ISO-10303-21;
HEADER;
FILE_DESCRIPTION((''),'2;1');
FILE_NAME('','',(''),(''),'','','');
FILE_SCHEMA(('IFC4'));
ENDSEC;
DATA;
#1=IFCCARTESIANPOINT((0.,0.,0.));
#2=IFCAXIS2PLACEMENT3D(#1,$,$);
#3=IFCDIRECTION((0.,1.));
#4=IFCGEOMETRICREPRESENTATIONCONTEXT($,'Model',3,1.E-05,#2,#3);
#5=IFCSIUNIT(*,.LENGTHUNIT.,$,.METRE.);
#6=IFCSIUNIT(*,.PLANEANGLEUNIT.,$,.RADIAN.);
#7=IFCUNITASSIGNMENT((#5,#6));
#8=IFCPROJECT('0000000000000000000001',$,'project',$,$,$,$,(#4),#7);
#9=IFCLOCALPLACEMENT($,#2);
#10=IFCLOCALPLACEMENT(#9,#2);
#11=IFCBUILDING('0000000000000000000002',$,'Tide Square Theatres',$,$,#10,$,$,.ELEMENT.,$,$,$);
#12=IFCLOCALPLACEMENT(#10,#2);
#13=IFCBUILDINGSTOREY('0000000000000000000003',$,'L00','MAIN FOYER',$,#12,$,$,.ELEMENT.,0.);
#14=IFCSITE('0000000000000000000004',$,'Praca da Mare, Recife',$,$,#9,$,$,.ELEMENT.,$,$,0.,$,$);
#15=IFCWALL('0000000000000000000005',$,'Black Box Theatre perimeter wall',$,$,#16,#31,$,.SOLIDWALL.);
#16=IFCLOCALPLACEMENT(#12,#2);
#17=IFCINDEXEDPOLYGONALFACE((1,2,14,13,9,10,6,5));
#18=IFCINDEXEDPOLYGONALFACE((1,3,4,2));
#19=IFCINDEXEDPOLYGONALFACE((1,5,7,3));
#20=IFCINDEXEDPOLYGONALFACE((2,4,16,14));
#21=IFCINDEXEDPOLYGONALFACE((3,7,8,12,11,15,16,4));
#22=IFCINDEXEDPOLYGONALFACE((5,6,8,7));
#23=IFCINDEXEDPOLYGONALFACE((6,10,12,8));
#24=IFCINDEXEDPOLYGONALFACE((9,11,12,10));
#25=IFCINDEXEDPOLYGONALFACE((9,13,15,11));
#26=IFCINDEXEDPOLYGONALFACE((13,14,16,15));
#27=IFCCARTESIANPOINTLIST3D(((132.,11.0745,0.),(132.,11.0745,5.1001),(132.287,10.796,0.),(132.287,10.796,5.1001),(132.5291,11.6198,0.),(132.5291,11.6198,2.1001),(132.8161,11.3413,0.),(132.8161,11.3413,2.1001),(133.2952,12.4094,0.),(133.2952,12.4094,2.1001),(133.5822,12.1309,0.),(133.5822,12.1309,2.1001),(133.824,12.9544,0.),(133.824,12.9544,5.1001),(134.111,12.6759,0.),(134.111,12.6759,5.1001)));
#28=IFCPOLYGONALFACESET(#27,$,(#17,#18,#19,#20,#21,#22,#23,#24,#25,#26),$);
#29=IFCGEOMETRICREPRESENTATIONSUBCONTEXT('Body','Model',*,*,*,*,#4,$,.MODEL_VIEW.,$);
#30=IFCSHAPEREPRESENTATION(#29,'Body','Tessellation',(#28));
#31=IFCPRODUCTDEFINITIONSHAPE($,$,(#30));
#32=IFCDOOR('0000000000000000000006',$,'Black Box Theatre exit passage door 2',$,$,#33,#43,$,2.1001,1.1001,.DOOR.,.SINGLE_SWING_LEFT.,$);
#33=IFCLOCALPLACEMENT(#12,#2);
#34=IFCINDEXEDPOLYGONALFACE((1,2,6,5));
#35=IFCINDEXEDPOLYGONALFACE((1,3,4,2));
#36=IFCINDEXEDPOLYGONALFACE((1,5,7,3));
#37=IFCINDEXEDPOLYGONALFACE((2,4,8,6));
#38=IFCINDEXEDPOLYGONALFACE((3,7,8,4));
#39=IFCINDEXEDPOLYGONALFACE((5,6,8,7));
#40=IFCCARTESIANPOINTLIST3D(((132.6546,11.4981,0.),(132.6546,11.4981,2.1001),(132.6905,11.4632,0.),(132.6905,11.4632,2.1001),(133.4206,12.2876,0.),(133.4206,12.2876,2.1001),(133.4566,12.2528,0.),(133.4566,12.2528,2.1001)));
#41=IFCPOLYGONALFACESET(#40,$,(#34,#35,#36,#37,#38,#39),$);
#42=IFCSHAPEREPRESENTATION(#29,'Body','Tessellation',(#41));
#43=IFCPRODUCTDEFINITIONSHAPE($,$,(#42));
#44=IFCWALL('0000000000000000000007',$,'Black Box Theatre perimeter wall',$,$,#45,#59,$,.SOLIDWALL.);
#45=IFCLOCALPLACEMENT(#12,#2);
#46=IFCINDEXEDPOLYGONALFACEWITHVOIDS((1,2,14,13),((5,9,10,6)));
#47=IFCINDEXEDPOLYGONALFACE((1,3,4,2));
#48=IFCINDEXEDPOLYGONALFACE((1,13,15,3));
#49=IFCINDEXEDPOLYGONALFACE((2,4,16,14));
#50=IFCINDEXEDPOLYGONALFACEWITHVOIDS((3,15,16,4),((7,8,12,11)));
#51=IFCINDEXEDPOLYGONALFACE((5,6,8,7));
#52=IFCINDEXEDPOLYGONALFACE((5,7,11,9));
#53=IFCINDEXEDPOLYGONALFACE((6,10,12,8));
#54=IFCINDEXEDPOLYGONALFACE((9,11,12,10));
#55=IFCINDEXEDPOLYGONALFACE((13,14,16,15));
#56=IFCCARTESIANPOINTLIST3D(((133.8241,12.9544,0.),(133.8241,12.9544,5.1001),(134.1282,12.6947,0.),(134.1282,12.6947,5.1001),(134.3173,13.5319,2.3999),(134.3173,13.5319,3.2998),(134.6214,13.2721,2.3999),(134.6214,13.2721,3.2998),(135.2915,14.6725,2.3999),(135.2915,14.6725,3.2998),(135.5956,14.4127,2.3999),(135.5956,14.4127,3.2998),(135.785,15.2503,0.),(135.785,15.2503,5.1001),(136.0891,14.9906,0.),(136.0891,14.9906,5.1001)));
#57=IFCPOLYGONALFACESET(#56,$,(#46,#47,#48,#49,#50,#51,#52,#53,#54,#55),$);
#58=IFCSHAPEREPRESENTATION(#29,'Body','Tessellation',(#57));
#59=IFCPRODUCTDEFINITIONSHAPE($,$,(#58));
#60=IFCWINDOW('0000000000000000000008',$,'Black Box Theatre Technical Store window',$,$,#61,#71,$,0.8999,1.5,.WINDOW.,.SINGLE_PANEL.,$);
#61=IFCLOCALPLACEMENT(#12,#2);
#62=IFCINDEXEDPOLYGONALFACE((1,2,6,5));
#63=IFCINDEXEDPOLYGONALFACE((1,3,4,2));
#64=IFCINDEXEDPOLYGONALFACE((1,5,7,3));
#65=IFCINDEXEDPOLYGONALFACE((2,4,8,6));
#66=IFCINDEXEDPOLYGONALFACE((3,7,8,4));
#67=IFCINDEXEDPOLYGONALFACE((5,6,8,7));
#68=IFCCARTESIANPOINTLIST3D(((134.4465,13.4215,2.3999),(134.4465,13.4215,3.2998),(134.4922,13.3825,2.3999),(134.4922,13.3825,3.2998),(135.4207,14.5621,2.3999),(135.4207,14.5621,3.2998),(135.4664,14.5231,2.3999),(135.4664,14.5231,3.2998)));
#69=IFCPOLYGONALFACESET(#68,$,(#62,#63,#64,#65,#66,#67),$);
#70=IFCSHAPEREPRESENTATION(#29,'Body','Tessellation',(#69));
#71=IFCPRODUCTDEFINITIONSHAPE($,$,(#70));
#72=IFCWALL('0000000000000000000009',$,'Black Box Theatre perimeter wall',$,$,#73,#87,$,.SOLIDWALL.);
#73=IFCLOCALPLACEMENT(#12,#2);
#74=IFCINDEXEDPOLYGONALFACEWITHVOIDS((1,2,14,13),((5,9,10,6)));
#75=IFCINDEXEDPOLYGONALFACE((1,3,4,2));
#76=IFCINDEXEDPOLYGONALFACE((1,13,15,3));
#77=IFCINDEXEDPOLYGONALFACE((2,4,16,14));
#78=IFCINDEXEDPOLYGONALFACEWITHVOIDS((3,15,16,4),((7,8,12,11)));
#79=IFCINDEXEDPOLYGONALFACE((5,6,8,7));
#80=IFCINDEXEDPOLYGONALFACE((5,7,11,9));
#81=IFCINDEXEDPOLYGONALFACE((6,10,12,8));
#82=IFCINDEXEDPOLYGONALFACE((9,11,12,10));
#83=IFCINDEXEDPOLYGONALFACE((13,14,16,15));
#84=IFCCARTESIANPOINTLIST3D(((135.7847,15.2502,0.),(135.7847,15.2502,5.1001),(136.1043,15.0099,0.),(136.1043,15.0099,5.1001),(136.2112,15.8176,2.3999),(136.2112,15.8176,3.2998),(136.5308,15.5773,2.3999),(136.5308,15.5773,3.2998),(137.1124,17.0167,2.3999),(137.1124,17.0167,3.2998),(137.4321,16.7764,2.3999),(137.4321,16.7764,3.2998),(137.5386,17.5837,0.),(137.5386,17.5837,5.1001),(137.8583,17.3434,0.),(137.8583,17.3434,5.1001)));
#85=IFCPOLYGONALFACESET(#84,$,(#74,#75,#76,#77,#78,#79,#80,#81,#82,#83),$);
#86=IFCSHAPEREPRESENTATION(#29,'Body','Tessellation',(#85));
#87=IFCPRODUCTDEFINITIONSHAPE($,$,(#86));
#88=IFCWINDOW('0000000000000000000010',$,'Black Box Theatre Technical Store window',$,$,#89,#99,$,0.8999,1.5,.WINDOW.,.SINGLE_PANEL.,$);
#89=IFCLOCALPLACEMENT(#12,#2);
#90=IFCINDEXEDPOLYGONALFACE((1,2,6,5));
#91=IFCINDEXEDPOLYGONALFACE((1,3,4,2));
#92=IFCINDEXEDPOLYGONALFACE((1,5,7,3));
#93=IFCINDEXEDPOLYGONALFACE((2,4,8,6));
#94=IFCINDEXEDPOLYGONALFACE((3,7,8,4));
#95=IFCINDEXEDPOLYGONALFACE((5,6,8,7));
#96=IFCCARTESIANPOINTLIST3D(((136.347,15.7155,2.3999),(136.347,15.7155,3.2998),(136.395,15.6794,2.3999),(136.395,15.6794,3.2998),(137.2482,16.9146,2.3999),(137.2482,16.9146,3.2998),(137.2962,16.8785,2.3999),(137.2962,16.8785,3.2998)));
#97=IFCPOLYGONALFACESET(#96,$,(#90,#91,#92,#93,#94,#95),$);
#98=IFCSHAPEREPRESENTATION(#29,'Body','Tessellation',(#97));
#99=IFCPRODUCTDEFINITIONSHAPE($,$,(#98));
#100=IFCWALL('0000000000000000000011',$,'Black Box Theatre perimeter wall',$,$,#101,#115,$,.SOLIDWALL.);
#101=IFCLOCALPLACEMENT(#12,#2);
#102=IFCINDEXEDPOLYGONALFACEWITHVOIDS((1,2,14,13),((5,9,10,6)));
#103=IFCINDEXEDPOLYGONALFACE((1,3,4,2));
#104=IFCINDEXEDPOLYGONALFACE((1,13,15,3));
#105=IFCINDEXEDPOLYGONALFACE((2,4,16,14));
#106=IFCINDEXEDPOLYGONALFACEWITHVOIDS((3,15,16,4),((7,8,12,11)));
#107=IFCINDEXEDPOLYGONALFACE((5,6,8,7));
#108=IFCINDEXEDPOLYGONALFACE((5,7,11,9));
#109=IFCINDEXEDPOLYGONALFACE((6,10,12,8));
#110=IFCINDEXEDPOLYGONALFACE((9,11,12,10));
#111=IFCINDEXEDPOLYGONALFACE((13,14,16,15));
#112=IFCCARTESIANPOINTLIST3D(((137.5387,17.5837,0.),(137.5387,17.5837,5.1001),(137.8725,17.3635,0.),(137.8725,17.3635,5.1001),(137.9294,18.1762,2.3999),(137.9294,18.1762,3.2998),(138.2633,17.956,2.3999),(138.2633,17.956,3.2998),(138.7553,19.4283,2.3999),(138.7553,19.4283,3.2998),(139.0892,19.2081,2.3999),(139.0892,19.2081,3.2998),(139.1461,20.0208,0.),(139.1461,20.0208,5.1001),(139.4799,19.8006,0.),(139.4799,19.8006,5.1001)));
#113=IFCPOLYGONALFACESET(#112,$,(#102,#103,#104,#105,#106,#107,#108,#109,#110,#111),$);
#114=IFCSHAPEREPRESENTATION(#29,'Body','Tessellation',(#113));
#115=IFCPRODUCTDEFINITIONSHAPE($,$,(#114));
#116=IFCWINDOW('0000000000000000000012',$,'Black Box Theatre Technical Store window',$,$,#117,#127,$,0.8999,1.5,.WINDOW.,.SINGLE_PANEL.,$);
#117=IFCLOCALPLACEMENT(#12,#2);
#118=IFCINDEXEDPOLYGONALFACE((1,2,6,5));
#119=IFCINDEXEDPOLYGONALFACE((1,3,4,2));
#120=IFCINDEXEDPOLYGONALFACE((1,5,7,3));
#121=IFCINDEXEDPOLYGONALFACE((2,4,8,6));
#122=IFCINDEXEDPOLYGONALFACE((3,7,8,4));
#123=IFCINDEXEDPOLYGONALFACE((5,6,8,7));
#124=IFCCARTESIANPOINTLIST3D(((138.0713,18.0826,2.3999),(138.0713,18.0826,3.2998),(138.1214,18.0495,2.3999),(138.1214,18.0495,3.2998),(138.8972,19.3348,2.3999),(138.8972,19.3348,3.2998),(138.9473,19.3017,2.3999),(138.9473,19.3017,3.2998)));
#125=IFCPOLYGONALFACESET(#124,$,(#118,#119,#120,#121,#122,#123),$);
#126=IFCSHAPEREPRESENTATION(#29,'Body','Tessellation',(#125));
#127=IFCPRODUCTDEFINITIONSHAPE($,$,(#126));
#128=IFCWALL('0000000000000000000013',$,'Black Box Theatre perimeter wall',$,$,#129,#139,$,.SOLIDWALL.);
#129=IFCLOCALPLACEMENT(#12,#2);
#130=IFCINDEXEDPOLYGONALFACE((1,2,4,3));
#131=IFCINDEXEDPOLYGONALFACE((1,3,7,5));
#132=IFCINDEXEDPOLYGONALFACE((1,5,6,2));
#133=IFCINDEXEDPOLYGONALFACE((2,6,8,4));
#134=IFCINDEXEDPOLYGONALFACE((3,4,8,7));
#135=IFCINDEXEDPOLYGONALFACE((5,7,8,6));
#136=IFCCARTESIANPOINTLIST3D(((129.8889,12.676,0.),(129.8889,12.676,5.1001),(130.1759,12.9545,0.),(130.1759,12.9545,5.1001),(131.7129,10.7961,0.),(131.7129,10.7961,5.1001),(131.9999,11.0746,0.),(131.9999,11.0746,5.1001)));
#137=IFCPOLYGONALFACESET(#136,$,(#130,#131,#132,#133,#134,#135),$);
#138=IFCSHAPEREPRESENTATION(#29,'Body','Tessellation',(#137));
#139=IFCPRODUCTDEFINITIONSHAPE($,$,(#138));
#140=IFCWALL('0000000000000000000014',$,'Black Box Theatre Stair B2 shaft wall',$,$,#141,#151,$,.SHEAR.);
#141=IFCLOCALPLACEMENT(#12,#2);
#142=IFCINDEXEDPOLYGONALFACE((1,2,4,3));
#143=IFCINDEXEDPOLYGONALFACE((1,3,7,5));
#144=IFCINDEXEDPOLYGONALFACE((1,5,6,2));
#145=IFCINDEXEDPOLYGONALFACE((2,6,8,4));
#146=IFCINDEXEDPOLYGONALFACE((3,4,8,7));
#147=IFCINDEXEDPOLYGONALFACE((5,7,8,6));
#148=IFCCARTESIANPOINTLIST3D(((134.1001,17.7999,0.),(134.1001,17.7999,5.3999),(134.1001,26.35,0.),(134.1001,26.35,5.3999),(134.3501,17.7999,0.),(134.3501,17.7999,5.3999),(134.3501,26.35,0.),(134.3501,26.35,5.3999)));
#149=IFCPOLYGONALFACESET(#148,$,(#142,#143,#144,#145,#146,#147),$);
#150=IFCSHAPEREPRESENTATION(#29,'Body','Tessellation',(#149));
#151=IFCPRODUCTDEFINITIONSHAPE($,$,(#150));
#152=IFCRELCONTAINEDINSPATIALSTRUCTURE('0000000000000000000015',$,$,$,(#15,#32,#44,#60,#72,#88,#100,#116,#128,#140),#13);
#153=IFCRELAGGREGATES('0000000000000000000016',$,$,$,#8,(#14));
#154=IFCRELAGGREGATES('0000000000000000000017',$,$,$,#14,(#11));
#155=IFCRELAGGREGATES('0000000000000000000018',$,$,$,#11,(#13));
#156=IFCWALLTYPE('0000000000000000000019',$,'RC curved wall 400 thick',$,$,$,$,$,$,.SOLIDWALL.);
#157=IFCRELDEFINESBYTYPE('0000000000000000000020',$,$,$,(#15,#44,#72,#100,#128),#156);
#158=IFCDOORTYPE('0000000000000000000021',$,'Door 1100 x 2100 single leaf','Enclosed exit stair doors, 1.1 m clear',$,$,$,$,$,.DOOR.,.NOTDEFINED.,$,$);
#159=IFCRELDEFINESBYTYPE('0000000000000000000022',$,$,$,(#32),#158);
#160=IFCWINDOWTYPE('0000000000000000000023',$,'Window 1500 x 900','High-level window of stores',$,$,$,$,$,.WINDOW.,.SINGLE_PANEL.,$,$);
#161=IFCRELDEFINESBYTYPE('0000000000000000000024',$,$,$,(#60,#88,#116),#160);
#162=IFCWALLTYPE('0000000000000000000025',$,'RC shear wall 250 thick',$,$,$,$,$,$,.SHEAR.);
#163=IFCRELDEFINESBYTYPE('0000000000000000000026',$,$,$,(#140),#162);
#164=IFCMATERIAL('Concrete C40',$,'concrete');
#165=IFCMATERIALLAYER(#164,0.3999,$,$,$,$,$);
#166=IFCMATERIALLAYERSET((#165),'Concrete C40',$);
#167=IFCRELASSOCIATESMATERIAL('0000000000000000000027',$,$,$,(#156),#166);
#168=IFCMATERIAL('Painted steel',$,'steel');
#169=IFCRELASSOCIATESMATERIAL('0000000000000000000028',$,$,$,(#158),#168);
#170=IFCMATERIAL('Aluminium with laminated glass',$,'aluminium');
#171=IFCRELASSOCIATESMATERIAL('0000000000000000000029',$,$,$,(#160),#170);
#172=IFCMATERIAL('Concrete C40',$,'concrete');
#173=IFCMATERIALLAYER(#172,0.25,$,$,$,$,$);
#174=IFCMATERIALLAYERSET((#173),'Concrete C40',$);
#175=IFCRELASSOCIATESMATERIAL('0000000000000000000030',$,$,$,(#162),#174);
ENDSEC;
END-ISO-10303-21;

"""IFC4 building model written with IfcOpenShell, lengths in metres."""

from ifc_helpers import new_model, si_unit, direction, frame, frame_2d, origin, place, context, subcontext, project, spatial, rectangle, extrude, material, layer, layer_set, type_object, element, fill, save


model = new_model("IFC4")

# Units and contexts
model_context = context("Model", 3, precision=1e-05, world=origin(), true_north=direction((0.0, 1.0)))
body_context = subcontext(model_context, "Body", "Model", "MODEL_VIEW")
ifc_project = project(units=[si_unit("LENGTHUNIT", "METRE"), si_unit("PLANEANGLEUNIT", "RADIAN")], contexts=[model_context])

# Site, building, storey
site_placement = place(None, origin())
site = spatial("IfcSite", under=ifc_project, at=site_placement, Name="Praca da Mare, Recife", CompositionType="ELEMENT", RefElevation=0.0)
building_placement = place(site_placement, origin())
building = spatial("IfcBuilding", under=site, at=building_placement, Name="Tide Square Theatres", CompositionType="ELEMENT")
storey_placement = place(building_placement, origin())
storey = spatial("IfcBuildingStorey", under=building, at=storey_placement, Name="L00", Description="MAIN FOYER", CompositionType="ELEMENT", Elevation=0.0)

# Wall, opening, door
ifc_material_1 = material(Name="Concrete C40", Category="concrete")
ifc_layer_1 = layer(ifc_material_1, 0.3999)
ifc_layer_set_1 = layer_set([ifc_layer_1], Name="Concrete C40")
wall_type_1 = type_object("IfcWallType", Name="RC curved wall 400 thick", PredefinedType="SOLIDWALL", material=ifc_layer_set_1)
wall_1_placement = place(storey_placement, frame((132.1436, 10.9353, 0.0), z_axis=(0.0, 0.0, 1.0), x_axis=(0.696354, 0.717699, 0.0)))
wall_1 = element("IfcWall", 1, at=wall_1_placement, inside=storey, type_object=wall_type_1, Name="Black Box Theatre perimeter wall", PredefinedType="SOLIDWALL", context=body_context, shape_type="SweptSolid", body=[
    extrude(rectangle(XDim=2.6194, YDim=0.3999, at=frame_2d((1.3096, 0.0))), origin(), (0.0, 0.0, 1.0), 5.1001),
])
opening_1_placement = place(wall_1_placement, frame((0.7598, 0.0, 0.0)))
opening_1 = element("IfcOpeningElement", 2, at=opening_1_placement, cuts=wall_1, PredefinedType="OPENING", context=body_context, shape_type="SweptSolid", body=[
    extrude(rectangle(XDim=1.1001, YDim=2.1001, at=frame_2d((0.55, 1.05))), frame((0.0, 0.21, 0.0), z_axis=(0.0, -1.0, 0.0), x_axis=(1.0, 0.0, 0.0)), (0.0, 0.0, 1.0), 0.4199),
])
ifc_material_2 = material(Name="Painted steel", Category="steel")
door_type = type_object("IfcDoorType", Name="Door 1100 x 2100 single leaf", Description="Enclosed exit stair doors, 1.1 m clear", OperationType="NOTDEFINED", PredefinedType="DOOR", material=ifc_material_2)
door_1_placement = place(opening_1_placement, frame((1.1001, 0.0, 0.0), z_axis=(0.0, 0.0, 1.0), x_axis=(-1.0, 0.0, 0.0)))
door_1 = element("IfcDoor", 3, at=door_1_placement, inside=storey, type_object=door_type, Name="Black Box Theatre exit passage door 2", OperationType="SINGLE_SWING_LEFT", OverallHeight=2.1001, OverallWidth=1.1001, PredefinedType="DOOR", context=body_context, shape_type="SweptSolid", body=[
    extrude(rectangle(XDim=1.1001, YDim=2.1001, at=frame_2d((0.55, 1.05))), frame((0.0, 0.0249, 0.0), z_axis=(0.0, -1.0, 0.0), x_axis=(1.0, 0.0, 0.0)), (0.0, 0.0, 1.0), 0.05),
])
fill(opening_1, door_1)

# Walls, openings, windows
wall_2_placement = place(storey_placement, frame((133.9761, 12.8245, 0.0), z_axis=(0.0, 0.0, 1.0), x_axis=(0.649459, 0.760397, 0.0)))
wall_2 = element("IfcWall", 4, at=wall_2_placement, inside=storey, type_object=wall_type_1, Name="Black Box Theatre perimeter wall", PredefinedType="SOLIDWALL", context=body_context, shape_type="SweptSolid", body=[
    extrude(rectangle(XDim=3.0193, YDim=0.3999, at=frame_2d((1.5098, 0.0))), origin(), (0.0, 0.0, 1.0), 5.1001),
])
opening_2_placement = place(wall_2_placement, frame((0.7595, 0.0, 2.3999)))
opening_2 = element("IfcOpeningElement", 5, at=opening_2_placement, cuts=wall_2, PredefinedType="OPENING", context=body_context, shape_type="SweptSolid", body=[
    extrude(rectangle(XDim=1.5, YDim=0.8999, at=frame_2d((0.75, 0.45))), frame((0.0, 0.21, 0.0), z_axis=(0.0, -1.0, 0.0), x_axis=(1.0, 0.0, 0.0)), (0.0, 0.0, 1.0), 0.4199),
])
ifc_material_3 = material(Name="Aluminium with laminated glass", Category="aluminium")
window_type = type_object("IfcWindowType", Name="Window 1500 x 900", Description="High-level window of stores", PartitioningType="SINGLE_PANEL", PredefinedType="WINDOW", material=ifc_material_3)
window_1_placement = place(opening_2_placement, origin())
window_1 = element("IfcWindow", 6, at=window_1_placement, inside=storey, type_object=window_type, Name="Black Box Theatre Technical Store window", OverallHeight=0.8999, OverallWidth=1.5, PartitioningType="SINGLE_PANEL", PredefinedType="WINDOW", context=body_context, shape_type="SweptSolid", body=[
    extrude(rectangle(XDim=1.5, YDim=0.8999, at=frame_2d((0.75, 0.45))), frame((0.0, 0.03, 0.0), z_axis=(0.0, -1.0, 0.0), x_axis=(1.0, 0.0, 0.0)), (0.0, 0.0, 1.0), 0.0601),
])
fill(opening_2, window_1)
wall_3_placement = place(storey_placement, frame((135.9446, 15.1301, 0.0), z_axis=(0.0, 0.0, 1.0), x_axis=(0.600829, 0.799377, 0.0)))
wall_3 = element("IfcWall", 7, at=wall_3_placement, inside=storey, type_object=wall_type_1, Name="Black Box Theatre perimeter wall", PredefinedType="SOLIDWALL", context=body_context, shape_type="SweptSolid", body=[
    extrude(rectangle(XDim=2.9192, YDim=0.3999, at=frame_2d((1.4595, 0.0))), origin(), (0.0, 0.0, 1.0), 5.1001),
])
opening_3_placement = place(wall_3_placement, frame((0.7097, 0.0, 2.3999)))
opening_3 = element("IfcOpeningElement", 8, at=opening_3_placement, cuts=wall_3, PredefinedType="OPENING", context=body_context, shape_type="SweptSolid", body=[
    extrude(rectangle(XDim=1.5, YDim=0.8999, at=frame_2d((0.75, 0.45))), frame((0.0, 0.21, 0.0), z_axis=(0.0, -1.0, 0.0), x_axis=(1.0, 0.0, 0.0)), (0.0, 0.0, 1.0), 0.4199),
])
window_2_placement = place(opening_3_placement, origin())
window_2 = element("IfcWindow", 9, at=window_2_placement, inside=storey, type_object=window_type, Name="Black Box Theatre Technical Store window", OverallHeight=0.8999, OverallWidth=1.5, PartitioningType="SINGLE_PANEL", PredefinedType="WINDOW", context=body_context, shape_type="SweptSolid", body=[
    extrude(rectangle(XDim=1.5, YDim=0.8999, at=frame_2d((0.75, 0.45))), frame((0.0, 0.03, 0.0), z_axis=(0.0, -1.0, 0.0), x_axis=(1.0, 0.0, 0.0)), (0.0, 0.0, 1.0), 0.0601),
])
fill(opening_3, window_2)
wall_4_placement = place(storey_placement, frame((137.7056, 17.4736, 0.0), z_axis=(0.0, 0.0, 1.0), x_axis=(0.550602, 0.834768, 0.0)))
wall_4 = element("IfcWall", 10, at=wall_4_placement, inside=storey, type_object=wall_type_1, Name="Black Box Theatre perimeter wall", PredefinedType="SOLIDWALL", context=body_context, shape_type="SweptSolid", body=[
    extrude(rectangle(XDim=2.9194, YDim=0.3999, at=frame_2d((1.4597, 0.0))), origin(), (0.0, 0.0, 1.0), 5.1001),
])
opening_4_placement = place(wall_4_placement, frame((0.7097, 0.0, 2.3999)))
opening_4 = element("IfcOpeningElement", 11, at=opening_4_placement, cuts=wall_4, PredefinedType="OPENING", context=body_context, shape_type="SweptSolid", body=[
    extrude(rectangle(XDim=1.5, YDim=0.8999, at=frame_2d((0.75, 0.45))), frame((0.0, 0.21, 0.0), z_axis=(0.0, -1.0, 0.0), x_axis=(1.0, 0.0, 0.0)), (0.0, 0.0, 1.0), 0.4199),
])
window_3_placement = place(opening_4_placement, origin())
window_3 = element("IfcWindow", 12, at=window_3_placement, inside=storey, type_object=window_type, Name="Black Box Theatre Technical Store window", OverallHeight=0.8999, OverallWidth=1.5, PartitioningType="SINGLE_PANEL", PredefinedType="WINDOW", context=body_context, shape_type="SweptSolid", body=[
    extrude(rectangle(XDim=1.5, YDim=0.8999, at=frame_2d((0.75, 0.45))), frame((0.0, 0.03, 0.0), z_axis=(0.0, -1.0, 0.0), x_axis=(1.0, 0.0, 0.0)), (0.0, 0.0, 1.0), 0.0601),
])
fill(opening_4, window_3)

# Walls
wall_5_placement = place(storey_placement, frame((130.0325, 12.8152, 0.0), z_axis=(0.0, 0.0, 1.0), x_axis=(0.696354, -0.717699, 0.0)))
element("IfcWall", 13, at=wall_5_placement, inside=storey, type_object=wall_type_1, Name="Black Box Theatre perimeter wall", PredefinedType="SOLIDWALL", context=body_context, shape_type="SweptSolid", body=[
    extrude(rectangle(XDim=2.6194, YDim=0.3999, at=frame_2d((1.3096, 0.0))), origin(), (0.0, 0.0, 1.0), 5.1001),
])
ifc_material_4 = material(Name="Concrete C40", Category="concrete")
ifc_layer_2 = layer(ifc_material_4, 0.25)
ifc_layer_set_2 = layer_set([ifc_layer_2], Name="Concrete C40")
wall_type_2 = type_object("IfcWallType", Name="RC shear wall 250 thick", PredefinedType="SHEAR", material=ifc_layer_set_2)
wall_6_placement = place(storey_placement, frame((134.2251, 17.8, 0.0), z_axis=(0.0, 0.0, 1.0), x_axis=(0.0, 1.0, 0.0)))
element("IfcWall", 14, at=wall_6_placement, inside=storey, type_object=wall_type_2, Name="Black Box Theatre Stair B2 shaft wall", PredefinedType="SHEAR", context=body_context, shape_type="SweptSolid", body=[
    extrude(rectangle(XDim=8.55, YDim=0.25, at=frame_2d((4.2749, 0.0))), origin(), (0.0, 0.0, 1.0), 5.3999),
])

save(model, "model.ifc")
